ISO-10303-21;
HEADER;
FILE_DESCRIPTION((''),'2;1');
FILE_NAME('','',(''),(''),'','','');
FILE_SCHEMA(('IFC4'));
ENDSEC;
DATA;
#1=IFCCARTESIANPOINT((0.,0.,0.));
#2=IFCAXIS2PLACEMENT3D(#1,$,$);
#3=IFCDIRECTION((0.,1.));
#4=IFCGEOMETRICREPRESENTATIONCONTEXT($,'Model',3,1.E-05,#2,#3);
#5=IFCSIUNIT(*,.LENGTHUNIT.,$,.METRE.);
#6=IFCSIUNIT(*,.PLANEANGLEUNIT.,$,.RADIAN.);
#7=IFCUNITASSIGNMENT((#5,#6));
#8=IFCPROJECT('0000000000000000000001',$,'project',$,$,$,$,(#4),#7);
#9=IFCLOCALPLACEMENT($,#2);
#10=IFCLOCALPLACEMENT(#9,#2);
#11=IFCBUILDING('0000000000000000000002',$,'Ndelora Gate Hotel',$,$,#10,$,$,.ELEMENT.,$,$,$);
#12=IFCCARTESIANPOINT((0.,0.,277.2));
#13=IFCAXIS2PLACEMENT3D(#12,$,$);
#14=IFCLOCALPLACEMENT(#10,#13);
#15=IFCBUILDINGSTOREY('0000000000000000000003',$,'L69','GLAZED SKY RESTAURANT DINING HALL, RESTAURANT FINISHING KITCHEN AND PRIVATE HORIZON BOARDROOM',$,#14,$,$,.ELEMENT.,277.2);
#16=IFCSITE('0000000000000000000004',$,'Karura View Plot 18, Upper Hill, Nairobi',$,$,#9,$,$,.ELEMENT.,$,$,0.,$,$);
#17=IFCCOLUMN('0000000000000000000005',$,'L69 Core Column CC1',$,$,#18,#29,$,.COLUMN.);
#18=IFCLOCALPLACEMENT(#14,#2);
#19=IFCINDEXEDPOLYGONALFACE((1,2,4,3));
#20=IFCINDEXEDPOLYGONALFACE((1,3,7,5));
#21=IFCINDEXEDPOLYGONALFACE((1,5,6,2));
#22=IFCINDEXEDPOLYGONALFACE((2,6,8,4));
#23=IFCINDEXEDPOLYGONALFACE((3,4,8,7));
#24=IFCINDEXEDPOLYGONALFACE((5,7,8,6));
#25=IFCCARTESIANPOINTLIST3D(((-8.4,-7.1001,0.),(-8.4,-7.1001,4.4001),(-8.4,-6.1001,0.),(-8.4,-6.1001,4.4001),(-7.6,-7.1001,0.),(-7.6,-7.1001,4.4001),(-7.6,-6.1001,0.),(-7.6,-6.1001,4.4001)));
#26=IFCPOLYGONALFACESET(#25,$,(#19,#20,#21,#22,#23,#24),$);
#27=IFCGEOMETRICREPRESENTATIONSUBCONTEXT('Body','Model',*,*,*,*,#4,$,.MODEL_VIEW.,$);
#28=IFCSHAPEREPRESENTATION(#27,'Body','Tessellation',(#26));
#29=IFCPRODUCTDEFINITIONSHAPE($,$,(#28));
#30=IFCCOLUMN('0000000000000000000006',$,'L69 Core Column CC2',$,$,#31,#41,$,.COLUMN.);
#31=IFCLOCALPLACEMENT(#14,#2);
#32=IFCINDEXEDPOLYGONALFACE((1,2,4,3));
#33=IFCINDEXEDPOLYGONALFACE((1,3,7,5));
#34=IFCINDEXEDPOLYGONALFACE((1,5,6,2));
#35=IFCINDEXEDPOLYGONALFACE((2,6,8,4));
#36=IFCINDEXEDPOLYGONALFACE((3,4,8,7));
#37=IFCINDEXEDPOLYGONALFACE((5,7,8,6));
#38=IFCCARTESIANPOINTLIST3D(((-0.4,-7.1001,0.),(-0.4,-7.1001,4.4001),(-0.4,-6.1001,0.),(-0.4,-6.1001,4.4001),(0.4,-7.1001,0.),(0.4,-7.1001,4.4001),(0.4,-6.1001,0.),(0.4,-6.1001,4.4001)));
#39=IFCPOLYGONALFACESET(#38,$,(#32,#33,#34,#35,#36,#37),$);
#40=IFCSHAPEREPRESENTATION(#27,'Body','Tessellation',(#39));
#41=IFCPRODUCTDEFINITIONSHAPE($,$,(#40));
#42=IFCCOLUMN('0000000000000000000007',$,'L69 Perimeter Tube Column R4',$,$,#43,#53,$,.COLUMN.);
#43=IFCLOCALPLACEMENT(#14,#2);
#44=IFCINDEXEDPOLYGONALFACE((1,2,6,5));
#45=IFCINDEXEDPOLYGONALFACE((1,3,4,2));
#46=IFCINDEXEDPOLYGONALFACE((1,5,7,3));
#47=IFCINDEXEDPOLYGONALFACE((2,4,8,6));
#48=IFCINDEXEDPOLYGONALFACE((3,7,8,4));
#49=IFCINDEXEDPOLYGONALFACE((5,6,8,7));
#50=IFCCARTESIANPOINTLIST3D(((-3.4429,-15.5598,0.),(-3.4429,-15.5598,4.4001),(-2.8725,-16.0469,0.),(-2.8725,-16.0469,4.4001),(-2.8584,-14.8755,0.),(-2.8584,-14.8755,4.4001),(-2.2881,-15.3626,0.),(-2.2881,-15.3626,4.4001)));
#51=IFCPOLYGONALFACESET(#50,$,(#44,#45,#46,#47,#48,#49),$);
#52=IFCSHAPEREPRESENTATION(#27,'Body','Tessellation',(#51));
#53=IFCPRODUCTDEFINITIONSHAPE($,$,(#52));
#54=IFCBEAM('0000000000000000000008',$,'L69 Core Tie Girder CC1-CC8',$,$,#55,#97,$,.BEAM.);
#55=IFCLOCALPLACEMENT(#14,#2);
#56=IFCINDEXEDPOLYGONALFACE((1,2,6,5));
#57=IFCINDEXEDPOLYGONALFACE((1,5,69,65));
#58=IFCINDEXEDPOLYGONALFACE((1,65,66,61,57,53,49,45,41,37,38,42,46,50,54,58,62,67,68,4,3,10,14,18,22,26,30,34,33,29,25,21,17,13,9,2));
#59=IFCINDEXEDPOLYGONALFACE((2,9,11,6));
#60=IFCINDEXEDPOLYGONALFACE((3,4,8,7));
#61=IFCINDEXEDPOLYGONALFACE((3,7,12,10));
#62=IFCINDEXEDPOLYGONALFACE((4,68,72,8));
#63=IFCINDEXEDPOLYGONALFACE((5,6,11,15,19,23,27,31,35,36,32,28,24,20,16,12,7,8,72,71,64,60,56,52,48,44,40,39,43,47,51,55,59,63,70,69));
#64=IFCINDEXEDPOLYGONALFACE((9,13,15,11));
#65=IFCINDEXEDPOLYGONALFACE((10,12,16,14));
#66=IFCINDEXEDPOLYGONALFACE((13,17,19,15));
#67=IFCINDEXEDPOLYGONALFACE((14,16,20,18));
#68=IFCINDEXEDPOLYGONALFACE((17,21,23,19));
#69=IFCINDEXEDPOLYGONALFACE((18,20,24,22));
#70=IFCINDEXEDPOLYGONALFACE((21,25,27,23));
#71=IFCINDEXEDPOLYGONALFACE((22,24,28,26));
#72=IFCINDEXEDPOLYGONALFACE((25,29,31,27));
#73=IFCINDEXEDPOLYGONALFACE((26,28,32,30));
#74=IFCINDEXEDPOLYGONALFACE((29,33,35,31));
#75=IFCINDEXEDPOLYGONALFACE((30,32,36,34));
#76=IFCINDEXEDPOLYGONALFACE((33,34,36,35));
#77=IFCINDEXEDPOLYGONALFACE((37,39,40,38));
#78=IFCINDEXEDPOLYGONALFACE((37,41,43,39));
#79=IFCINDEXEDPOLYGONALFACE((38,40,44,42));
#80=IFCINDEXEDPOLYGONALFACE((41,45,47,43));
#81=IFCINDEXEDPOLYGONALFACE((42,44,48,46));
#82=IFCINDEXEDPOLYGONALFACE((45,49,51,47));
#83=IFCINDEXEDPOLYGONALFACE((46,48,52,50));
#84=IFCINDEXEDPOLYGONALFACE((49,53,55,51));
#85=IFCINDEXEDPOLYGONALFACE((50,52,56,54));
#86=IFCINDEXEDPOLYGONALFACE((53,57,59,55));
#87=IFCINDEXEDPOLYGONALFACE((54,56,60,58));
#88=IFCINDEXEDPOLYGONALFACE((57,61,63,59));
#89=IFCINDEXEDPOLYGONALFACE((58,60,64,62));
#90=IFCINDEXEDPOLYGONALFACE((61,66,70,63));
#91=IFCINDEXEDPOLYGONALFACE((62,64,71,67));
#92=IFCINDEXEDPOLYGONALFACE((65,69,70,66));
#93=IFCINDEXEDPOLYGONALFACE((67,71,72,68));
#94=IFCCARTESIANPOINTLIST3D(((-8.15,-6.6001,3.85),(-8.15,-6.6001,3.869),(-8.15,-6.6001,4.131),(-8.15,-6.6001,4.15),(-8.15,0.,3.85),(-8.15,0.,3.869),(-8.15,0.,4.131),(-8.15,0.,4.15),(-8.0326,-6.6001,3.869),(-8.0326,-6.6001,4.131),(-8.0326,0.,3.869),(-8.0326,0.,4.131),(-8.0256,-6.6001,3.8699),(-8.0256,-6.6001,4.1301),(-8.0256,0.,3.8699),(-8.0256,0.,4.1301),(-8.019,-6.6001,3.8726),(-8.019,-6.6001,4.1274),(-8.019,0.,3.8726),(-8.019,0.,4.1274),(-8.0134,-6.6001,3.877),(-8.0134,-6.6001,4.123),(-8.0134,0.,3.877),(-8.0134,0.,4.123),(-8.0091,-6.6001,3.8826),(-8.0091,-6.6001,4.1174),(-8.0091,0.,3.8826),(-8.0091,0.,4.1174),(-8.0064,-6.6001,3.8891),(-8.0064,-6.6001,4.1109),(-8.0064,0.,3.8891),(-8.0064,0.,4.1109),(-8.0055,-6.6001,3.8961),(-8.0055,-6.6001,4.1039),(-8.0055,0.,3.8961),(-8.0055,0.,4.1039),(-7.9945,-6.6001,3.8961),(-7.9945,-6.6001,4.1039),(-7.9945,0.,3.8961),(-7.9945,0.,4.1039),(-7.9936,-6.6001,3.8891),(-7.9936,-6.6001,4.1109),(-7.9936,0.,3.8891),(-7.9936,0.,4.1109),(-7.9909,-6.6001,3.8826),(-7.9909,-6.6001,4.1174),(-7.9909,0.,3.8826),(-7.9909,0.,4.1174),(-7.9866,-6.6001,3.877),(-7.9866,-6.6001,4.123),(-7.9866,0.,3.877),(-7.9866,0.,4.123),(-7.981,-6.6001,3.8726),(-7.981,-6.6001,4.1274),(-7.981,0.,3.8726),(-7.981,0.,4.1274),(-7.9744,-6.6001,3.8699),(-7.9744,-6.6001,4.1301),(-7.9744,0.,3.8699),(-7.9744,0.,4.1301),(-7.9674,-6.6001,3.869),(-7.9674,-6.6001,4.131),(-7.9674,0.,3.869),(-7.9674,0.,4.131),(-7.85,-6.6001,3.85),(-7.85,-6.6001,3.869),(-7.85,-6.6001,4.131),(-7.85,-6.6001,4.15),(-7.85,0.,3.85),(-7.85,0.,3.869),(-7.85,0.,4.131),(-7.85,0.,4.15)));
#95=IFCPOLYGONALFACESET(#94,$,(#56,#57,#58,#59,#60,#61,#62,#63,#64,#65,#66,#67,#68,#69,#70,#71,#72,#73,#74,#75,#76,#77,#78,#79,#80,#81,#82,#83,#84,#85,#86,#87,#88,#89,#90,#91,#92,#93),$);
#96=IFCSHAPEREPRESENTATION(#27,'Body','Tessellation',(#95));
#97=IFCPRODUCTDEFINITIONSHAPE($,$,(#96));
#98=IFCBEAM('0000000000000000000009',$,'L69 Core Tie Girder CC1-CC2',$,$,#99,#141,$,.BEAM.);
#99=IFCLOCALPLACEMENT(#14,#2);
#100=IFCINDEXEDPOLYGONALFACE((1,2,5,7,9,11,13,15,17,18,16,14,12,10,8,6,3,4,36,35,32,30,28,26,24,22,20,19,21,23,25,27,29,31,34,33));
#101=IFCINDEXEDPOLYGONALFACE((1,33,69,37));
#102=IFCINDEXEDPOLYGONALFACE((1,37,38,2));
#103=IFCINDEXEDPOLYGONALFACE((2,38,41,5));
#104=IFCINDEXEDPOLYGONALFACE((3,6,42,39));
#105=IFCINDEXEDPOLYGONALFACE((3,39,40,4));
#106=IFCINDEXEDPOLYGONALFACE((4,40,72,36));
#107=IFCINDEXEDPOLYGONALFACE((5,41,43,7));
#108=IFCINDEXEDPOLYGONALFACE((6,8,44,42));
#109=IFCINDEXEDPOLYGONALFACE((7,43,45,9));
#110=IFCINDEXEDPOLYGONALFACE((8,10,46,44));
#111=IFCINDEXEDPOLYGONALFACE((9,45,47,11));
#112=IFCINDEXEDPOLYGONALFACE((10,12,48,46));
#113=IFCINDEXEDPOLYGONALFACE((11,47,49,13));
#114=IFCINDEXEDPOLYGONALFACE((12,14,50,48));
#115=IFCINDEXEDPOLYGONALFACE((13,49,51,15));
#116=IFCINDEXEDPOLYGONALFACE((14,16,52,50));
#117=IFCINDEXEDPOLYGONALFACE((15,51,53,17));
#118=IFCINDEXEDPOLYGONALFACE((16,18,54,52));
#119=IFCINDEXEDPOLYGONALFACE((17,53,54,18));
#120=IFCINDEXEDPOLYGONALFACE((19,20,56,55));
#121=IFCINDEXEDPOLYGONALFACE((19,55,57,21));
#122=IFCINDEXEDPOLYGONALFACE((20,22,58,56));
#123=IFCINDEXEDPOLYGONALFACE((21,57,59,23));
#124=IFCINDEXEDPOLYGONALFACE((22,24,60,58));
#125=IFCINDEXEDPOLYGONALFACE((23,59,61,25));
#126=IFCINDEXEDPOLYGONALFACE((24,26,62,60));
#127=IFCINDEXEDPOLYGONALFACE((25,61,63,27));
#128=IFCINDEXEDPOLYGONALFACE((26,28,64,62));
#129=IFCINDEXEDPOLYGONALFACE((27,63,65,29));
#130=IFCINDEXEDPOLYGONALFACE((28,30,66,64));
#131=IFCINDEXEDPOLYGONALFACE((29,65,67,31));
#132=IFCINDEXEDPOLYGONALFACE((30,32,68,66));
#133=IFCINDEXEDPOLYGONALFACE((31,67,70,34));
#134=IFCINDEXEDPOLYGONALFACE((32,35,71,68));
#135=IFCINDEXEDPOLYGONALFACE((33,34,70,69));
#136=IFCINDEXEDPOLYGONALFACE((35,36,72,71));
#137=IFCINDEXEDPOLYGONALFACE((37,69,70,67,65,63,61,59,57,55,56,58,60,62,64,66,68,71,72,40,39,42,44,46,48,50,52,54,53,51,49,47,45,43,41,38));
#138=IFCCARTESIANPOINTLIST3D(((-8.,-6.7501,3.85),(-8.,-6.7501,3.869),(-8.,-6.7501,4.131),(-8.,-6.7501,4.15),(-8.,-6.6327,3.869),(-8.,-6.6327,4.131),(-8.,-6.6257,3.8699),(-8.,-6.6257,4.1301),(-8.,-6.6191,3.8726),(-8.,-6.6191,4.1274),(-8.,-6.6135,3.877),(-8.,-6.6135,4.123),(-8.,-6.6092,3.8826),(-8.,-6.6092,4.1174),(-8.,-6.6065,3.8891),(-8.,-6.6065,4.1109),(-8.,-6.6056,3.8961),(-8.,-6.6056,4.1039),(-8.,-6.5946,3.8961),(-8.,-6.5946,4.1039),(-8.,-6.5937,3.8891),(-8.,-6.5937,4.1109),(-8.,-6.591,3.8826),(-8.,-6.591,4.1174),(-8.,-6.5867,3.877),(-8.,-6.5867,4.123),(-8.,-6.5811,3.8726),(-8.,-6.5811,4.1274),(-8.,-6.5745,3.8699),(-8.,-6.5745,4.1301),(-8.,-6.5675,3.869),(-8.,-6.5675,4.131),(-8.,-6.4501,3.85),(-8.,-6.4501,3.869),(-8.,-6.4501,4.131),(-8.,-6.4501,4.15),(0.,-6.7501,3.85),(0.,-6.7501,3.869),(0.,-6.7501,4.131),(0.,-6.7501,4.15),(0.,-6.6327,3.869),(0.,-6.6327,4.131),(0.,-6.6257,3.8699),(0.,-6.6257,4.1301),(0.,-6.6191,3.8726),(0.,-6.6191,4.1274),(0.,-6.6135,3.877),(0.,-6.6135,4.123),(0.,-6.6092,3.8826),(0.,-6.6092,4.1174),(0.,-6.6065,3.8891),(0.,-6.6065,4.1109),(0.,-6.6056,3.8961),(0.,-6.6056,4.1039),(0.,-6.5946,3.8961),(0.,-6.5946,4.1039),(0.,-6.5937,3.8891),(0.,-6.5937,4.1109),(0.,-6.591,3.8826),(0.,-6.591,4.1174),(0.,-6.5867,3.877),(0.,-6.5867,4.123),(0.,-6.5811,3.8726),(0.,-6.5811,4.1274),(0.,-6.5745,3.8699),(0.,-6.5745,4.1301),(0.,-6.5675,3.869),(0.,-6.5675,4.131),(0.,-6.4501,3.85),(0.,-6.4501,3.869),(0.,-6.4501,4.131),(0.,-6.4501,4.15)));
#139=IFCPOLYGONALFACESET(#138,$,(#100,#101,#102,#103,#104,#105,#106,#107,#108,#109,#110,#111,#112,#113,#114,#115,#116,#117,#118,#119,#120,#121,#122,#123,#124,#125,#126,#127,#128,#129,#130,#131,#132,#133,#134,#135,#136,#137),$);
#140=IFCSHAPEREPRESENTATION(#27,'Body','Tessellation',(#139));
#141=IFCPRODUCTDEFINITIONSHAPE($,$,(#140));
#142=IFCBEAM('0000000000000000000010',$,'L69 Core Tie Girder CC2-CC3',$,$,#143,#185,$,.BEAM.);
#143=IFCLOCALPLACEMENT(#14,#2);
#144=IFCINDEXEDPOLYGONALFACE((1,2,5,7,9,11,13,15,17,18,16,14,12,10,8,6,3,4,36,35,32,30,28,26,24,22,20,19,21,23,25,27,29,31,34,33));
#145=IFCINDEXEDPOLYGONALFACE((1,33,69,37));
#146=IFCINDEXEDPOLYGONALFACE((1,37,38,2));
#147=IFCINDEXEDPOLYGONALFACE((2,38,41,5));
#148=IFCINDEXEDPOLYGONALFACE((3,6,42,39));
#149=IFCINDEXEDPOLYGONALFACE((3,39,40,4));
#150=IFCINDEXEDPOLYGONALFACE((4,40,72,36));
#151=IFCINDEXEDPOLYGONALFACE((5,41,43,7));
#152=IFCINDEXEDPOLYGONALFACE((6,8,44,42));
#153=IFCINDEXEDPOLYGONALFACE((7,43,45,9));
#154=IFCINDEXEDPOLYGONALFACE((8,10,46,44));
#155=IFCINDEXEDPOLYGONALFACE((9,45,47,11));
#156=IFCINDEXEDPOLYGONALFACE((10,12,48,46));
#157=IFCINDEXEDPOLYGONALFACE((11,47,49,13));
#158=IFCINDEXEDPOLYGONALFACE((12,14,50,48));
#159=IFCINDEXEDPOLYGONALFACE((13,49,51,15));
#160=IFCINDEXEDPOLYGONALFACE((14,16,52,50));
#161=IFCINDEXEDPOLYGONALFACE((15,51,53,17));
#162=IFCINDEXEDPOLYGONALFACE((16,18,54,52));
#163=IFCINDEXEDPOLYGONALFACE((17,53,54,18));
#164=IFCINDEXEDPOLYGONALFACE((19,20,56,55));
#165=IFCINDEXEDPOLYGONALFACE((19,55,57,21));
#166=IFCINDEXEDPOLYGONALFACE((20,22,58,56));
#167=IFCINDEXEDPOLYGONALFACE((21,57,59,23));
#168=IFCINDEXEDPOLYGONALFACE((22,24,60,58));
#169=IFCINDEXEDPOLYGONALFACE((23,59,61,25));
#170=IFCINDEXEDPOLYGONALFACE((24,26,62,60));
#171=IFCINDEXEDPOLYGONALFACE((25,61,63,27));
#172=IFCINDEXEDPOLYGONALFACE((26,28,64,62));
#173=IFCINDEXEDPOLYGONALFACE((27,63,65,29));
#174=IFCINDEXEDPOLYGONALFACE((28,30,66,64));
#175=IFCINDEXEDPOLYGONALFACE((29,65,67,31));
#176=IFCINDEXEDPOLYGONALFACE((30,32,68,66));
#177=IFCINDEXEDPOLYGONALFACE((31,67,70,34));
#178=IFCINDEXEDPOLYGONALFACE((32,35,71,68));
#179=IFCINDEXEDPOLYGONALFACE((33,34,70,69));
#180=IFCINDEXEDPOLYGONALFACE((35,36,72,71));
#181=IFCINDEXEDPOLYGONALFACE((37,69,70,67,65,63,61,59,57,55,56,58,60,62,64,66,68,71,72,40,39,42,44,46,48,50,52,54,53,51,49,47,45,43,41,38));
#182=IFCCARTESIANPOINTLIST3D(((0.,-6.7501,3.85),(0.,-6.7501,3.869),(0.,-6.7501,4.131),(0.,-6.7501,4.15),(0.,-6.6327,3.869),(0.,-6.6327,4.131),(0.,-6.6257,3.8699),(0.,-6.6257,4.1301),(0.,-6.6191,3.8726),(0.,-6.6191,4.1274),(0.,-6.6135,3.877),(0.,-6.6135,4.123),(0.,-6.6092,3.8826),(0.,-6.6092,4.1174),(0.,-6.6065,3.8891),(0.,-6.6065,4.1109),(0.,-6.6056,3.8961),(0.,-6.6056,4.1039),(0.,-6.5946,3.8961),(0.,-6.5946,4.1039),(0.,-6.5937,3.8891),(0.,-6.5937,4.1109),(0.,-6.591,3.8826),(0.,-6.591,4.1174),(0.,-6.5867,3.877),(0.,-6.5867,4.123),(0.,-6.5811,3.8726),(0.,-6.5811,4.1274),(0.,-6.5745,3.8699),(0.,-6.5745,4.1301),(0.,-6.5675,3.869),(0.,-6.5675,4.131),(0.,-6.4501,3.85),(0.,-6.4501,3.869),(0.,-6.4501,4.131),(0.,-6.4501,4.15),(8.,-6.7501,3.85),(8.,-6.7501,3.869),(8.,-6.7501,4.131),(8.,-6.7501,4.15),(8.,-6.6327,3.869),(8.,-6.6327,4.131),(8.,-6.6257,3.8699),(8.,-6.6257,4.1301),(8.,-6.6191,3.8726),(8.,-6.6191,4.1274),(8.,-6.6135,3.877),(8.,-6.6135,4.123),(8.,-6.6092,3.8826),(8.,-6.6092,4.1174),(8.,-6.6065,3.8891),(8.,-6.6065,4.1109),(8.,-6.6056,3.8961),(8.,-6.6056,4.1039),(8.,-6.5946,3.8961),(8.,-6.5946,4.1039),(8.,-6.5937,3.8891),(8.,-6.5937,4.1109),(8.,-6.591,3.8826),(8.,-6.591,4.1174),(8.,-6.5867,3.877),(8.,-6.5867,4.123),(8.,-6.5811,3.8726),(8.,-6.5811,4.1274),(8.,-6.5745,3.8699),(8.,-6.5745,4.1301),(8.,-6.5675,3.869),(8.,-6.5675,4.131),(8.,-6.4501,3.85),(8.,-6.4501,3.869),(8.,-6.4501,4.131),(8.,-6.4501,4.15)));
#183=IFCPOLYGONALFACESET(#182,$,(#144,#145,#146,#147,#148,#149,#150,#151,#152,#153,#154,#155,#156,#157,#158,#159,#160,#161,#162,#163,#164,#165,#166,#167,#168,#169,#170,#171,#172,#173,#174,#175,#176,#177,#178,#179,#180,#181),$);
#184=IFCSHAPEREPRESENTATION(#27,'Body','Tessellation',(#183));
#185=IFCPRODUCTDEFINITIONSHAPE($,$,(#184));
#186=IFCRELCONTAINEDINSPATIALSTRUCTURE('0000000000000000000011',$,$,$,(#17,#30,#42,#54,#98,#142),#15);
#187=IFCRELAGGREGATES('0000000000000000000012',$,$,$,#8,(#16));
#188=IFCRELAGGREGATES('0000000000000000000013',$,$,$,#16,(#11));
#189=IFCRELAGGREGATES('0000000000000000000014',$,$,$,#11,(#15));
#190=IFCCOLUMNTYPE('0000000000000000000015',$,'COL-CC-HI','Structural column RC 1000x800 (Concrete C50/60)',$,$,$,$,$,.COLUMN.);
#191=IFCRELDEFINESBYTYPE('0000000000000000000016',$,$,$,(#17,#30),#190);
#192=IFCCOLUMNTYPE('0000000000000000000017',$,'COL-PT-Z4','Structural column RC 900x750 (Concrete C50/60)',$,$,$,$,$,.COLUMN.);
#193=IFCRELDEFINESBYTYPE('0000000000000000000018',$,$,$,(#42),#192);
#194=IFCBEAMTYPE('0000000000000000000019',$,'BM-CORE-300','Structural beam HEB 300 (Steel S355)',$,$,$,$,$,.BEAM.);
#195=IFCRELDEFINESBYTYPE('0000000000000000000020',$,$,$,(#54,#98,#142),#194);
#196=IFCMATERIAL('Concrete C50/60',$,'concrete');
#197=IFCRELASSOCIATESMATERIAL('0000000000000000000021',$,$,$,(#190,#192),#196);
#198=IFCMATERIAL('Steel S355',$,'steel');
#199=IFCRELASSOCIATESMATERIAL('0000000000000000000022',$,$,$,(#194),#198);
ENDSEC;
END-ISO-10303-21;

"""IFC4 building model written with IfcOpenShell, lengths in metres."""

from ifc_helpers import new_model, si_unit, direction, frame, origin, origin_2d, place, context, subcontext, project, spatial, rectangle, i_section, extrude, material, material_profile, profile_set, type_object, element, save


model = new_model("IFC4")

# Units and contexts
model_context = context("Model", 3, precision=1e-05, world=origin(), true_north=direction((0.0, 1.0)))
body_context = subcontext(model_context, "Body", "Model", "MODEL_VIEW")
ifc_project = project(units=[si_unit("LENGTHUNIT", "METRE"), si_unit("PLANEANGLEUNIT", "RADIAN")], contexts=[model_context])

# Site, building, storey
site_placement = place(None, origin())
site = spatial("IfcSite", under=ifc_project, at=site_placement, Name="Karura View Plot 18, Upper Hill, Nairobi", CompositionType="ELEMENT", RefElevation=0.0)
building_placement = place(site_placement, origin())
building = spatial("IfcBuilding", under=site, at=building_placement, Name="Ndelora Gate Hotel", CompositionType="ELEMENT")
storey_placement = place(building_placement, frame((0.0, 0.0, 277.2)))
storey = spatial("IfcBuildingStorey", under=building, at=storey_placement, Name="L69", Description="GLAZED SKY RESTAURANT DINING HALL, RESTAURANT FINISHING KITCHEN AND PRIVATE HORIZON BOARDROOM", CompositionType="ELEMENT", Elevation=277.2)

# Columns
ifc_material_1 = material(Name="Concrete C50/60", Category="concrete")
ifc_material_profile_1 = material_profile(ifc_material_1, rectangle(XDim=0.8, YDim=1.0, at=origin_2d()), Name="RC 1000x800")
ifc_profile_set_1 = profile_set([ifc_material_profile_1], Name="Concrete C50/60")
column_type_1 = type_object("IfcColumnType", Name="COL-CC-HI", Description="Structural column RC 1000x800 (Concrete C50/60)", PredefinedType="COLUMN", material=ifc_profile_set_1)
for number, where, z_axis, x_axis, name in (
    (1, (-8.0, -6.6001, 0.0), (0.0, 0.0, 1.0), (1.0, 0.0, 0.0), "L69 Core Column CC1"),
    (2, (0.0, -6.6001, 0.0), (0.0, 0.0, 1.0), (1.0, 0.0, 0.0), "L69 Core Column CC2"),
):
    element("IfcColumn", number, at=place(storey_placement, frame(where, z_axis=z_axis, x_axis=x_axis)), inside=storey, type_object=column_type_1, Name=name, PredefinedType="COLUMN", context=body_context, shape_type="SweptSolid", body=[
        extrude(rectangle(XDim=0.8, YDim=1.0, at=origin_2d()), origin(), (0.0, 0.0, 1.0), 4.4001),
    ])
ifc_material_profile_2 = material_profile(ifc_material_1, rectangle(XDim=0.75, YDim=0.8999, at=origin_2d()), Name="RC 900x750")
ifc_profile_set_2 = profile_set([ifc_material_profile_2], Name="Concrete C50/60")
column_type_2 = type_object("IfcColumnType", Name="COL-PT-Z4", Description="Structural column RC 900x750 (Concrete C50/60)", PredefinedType="COLUMN", material=ifc_profile_set_2)
column_placement = place(storey_placement, frame((-2.8655, -15.4612, 0.0), z_axis=(0.0, 0.0, 1.0), x_axis=(-0.760406, 0.649448, 0.0)))
element("IfcColumn", 3, at=column_placement, inside=storey, type_object=column_type_2, Name="L69 Perimeter Tube Column R4", PredefinedType="COLUMN", context=body_context, shape_type="SweptSolid", body=[
    extrude(rectangle(XDim=0.75, YDim=0.8999, at=origin_2d()), origin(), (0.0, 0.0, 1.0), 4.4001),
])

# Beams
ifc_material_2 = material(Name="Steel S355", Category="steel")
ifc_material_profile_3 = material_profile(ifc_material_2, i_section(OverallWidth=0.3, OverallDepth=0.3, WebThickness=0.011, FlangeThickness=0.019, FilletRadius=0.0271, at=origin_2d()), Name="HEB 300")
ifc_profile_set_3 = profile_set([ifc_material_profile_3], Name="Steel S355")
beam_type_1 = type_object("IfcBeamType", Name="BM-CORE-300", Description="Structural beam HEB 300 (Steel S355)", PredefinedType="BEAM", material=ifc_profile_set_3)
beam_1_placement = place(storey_placement, frame((-8.0, -6.6001, 4.0), z_axis=(0.0, 1.0, 0.0), x_axis=(-1.0, 0.0, 0.0)))
element("IfcBeam", 4, at=beam_1_placement, inside=storey, type_object=beam_type_1, Name="L69 Core Tie Girder CC1-CC8", PredefinedType="BEAM", context=body_context, shape_type="SweptSolid", body=[
    extrude(i_section(OverallWidth=0.3, OverallDepth=0.3, WebThickness=0.011, FlangeThickness=0.019, FilletRadius=0.0271, at=origin_2d()), origin(), (0.0, 0.0, 1.0), 6.6001),
])
for number, where, z_axis, x_axis, name in (
    (5, (-8.0, -6.6001, 4.0), (1.0, 0.0, 0.0), (0.0, 1.0, 0.0), "L69 Core Tie Girder CC1-CC2"),
    (6, (0.0, -6.6001, 4.0), (1.0, 0.0, 0.0), (0.0, 1.0, 0.0), "L69 Core Tie Girder CC2-CC3"),
):
    element("IfcBeam", number, at=place(storey_placement, frame(where, z_axis=z_axis, x_axis=x_axis)), inside=storey, type_object=beam_type_1, Name=name, PredefinedType="BEAM", context=body_context, shape_type="SweptSolid", body=[
        extrude(i_section(OverallWidth=0.3, OverallDepth=0.3, WebThickness=0.011, FlangeThickness=0.019, FilletRadius=0.0271, at=origin_2d()), origin(), (0.0, 0.0, 1.0), 8.0),
    ])

save(model, "model.ifc")
